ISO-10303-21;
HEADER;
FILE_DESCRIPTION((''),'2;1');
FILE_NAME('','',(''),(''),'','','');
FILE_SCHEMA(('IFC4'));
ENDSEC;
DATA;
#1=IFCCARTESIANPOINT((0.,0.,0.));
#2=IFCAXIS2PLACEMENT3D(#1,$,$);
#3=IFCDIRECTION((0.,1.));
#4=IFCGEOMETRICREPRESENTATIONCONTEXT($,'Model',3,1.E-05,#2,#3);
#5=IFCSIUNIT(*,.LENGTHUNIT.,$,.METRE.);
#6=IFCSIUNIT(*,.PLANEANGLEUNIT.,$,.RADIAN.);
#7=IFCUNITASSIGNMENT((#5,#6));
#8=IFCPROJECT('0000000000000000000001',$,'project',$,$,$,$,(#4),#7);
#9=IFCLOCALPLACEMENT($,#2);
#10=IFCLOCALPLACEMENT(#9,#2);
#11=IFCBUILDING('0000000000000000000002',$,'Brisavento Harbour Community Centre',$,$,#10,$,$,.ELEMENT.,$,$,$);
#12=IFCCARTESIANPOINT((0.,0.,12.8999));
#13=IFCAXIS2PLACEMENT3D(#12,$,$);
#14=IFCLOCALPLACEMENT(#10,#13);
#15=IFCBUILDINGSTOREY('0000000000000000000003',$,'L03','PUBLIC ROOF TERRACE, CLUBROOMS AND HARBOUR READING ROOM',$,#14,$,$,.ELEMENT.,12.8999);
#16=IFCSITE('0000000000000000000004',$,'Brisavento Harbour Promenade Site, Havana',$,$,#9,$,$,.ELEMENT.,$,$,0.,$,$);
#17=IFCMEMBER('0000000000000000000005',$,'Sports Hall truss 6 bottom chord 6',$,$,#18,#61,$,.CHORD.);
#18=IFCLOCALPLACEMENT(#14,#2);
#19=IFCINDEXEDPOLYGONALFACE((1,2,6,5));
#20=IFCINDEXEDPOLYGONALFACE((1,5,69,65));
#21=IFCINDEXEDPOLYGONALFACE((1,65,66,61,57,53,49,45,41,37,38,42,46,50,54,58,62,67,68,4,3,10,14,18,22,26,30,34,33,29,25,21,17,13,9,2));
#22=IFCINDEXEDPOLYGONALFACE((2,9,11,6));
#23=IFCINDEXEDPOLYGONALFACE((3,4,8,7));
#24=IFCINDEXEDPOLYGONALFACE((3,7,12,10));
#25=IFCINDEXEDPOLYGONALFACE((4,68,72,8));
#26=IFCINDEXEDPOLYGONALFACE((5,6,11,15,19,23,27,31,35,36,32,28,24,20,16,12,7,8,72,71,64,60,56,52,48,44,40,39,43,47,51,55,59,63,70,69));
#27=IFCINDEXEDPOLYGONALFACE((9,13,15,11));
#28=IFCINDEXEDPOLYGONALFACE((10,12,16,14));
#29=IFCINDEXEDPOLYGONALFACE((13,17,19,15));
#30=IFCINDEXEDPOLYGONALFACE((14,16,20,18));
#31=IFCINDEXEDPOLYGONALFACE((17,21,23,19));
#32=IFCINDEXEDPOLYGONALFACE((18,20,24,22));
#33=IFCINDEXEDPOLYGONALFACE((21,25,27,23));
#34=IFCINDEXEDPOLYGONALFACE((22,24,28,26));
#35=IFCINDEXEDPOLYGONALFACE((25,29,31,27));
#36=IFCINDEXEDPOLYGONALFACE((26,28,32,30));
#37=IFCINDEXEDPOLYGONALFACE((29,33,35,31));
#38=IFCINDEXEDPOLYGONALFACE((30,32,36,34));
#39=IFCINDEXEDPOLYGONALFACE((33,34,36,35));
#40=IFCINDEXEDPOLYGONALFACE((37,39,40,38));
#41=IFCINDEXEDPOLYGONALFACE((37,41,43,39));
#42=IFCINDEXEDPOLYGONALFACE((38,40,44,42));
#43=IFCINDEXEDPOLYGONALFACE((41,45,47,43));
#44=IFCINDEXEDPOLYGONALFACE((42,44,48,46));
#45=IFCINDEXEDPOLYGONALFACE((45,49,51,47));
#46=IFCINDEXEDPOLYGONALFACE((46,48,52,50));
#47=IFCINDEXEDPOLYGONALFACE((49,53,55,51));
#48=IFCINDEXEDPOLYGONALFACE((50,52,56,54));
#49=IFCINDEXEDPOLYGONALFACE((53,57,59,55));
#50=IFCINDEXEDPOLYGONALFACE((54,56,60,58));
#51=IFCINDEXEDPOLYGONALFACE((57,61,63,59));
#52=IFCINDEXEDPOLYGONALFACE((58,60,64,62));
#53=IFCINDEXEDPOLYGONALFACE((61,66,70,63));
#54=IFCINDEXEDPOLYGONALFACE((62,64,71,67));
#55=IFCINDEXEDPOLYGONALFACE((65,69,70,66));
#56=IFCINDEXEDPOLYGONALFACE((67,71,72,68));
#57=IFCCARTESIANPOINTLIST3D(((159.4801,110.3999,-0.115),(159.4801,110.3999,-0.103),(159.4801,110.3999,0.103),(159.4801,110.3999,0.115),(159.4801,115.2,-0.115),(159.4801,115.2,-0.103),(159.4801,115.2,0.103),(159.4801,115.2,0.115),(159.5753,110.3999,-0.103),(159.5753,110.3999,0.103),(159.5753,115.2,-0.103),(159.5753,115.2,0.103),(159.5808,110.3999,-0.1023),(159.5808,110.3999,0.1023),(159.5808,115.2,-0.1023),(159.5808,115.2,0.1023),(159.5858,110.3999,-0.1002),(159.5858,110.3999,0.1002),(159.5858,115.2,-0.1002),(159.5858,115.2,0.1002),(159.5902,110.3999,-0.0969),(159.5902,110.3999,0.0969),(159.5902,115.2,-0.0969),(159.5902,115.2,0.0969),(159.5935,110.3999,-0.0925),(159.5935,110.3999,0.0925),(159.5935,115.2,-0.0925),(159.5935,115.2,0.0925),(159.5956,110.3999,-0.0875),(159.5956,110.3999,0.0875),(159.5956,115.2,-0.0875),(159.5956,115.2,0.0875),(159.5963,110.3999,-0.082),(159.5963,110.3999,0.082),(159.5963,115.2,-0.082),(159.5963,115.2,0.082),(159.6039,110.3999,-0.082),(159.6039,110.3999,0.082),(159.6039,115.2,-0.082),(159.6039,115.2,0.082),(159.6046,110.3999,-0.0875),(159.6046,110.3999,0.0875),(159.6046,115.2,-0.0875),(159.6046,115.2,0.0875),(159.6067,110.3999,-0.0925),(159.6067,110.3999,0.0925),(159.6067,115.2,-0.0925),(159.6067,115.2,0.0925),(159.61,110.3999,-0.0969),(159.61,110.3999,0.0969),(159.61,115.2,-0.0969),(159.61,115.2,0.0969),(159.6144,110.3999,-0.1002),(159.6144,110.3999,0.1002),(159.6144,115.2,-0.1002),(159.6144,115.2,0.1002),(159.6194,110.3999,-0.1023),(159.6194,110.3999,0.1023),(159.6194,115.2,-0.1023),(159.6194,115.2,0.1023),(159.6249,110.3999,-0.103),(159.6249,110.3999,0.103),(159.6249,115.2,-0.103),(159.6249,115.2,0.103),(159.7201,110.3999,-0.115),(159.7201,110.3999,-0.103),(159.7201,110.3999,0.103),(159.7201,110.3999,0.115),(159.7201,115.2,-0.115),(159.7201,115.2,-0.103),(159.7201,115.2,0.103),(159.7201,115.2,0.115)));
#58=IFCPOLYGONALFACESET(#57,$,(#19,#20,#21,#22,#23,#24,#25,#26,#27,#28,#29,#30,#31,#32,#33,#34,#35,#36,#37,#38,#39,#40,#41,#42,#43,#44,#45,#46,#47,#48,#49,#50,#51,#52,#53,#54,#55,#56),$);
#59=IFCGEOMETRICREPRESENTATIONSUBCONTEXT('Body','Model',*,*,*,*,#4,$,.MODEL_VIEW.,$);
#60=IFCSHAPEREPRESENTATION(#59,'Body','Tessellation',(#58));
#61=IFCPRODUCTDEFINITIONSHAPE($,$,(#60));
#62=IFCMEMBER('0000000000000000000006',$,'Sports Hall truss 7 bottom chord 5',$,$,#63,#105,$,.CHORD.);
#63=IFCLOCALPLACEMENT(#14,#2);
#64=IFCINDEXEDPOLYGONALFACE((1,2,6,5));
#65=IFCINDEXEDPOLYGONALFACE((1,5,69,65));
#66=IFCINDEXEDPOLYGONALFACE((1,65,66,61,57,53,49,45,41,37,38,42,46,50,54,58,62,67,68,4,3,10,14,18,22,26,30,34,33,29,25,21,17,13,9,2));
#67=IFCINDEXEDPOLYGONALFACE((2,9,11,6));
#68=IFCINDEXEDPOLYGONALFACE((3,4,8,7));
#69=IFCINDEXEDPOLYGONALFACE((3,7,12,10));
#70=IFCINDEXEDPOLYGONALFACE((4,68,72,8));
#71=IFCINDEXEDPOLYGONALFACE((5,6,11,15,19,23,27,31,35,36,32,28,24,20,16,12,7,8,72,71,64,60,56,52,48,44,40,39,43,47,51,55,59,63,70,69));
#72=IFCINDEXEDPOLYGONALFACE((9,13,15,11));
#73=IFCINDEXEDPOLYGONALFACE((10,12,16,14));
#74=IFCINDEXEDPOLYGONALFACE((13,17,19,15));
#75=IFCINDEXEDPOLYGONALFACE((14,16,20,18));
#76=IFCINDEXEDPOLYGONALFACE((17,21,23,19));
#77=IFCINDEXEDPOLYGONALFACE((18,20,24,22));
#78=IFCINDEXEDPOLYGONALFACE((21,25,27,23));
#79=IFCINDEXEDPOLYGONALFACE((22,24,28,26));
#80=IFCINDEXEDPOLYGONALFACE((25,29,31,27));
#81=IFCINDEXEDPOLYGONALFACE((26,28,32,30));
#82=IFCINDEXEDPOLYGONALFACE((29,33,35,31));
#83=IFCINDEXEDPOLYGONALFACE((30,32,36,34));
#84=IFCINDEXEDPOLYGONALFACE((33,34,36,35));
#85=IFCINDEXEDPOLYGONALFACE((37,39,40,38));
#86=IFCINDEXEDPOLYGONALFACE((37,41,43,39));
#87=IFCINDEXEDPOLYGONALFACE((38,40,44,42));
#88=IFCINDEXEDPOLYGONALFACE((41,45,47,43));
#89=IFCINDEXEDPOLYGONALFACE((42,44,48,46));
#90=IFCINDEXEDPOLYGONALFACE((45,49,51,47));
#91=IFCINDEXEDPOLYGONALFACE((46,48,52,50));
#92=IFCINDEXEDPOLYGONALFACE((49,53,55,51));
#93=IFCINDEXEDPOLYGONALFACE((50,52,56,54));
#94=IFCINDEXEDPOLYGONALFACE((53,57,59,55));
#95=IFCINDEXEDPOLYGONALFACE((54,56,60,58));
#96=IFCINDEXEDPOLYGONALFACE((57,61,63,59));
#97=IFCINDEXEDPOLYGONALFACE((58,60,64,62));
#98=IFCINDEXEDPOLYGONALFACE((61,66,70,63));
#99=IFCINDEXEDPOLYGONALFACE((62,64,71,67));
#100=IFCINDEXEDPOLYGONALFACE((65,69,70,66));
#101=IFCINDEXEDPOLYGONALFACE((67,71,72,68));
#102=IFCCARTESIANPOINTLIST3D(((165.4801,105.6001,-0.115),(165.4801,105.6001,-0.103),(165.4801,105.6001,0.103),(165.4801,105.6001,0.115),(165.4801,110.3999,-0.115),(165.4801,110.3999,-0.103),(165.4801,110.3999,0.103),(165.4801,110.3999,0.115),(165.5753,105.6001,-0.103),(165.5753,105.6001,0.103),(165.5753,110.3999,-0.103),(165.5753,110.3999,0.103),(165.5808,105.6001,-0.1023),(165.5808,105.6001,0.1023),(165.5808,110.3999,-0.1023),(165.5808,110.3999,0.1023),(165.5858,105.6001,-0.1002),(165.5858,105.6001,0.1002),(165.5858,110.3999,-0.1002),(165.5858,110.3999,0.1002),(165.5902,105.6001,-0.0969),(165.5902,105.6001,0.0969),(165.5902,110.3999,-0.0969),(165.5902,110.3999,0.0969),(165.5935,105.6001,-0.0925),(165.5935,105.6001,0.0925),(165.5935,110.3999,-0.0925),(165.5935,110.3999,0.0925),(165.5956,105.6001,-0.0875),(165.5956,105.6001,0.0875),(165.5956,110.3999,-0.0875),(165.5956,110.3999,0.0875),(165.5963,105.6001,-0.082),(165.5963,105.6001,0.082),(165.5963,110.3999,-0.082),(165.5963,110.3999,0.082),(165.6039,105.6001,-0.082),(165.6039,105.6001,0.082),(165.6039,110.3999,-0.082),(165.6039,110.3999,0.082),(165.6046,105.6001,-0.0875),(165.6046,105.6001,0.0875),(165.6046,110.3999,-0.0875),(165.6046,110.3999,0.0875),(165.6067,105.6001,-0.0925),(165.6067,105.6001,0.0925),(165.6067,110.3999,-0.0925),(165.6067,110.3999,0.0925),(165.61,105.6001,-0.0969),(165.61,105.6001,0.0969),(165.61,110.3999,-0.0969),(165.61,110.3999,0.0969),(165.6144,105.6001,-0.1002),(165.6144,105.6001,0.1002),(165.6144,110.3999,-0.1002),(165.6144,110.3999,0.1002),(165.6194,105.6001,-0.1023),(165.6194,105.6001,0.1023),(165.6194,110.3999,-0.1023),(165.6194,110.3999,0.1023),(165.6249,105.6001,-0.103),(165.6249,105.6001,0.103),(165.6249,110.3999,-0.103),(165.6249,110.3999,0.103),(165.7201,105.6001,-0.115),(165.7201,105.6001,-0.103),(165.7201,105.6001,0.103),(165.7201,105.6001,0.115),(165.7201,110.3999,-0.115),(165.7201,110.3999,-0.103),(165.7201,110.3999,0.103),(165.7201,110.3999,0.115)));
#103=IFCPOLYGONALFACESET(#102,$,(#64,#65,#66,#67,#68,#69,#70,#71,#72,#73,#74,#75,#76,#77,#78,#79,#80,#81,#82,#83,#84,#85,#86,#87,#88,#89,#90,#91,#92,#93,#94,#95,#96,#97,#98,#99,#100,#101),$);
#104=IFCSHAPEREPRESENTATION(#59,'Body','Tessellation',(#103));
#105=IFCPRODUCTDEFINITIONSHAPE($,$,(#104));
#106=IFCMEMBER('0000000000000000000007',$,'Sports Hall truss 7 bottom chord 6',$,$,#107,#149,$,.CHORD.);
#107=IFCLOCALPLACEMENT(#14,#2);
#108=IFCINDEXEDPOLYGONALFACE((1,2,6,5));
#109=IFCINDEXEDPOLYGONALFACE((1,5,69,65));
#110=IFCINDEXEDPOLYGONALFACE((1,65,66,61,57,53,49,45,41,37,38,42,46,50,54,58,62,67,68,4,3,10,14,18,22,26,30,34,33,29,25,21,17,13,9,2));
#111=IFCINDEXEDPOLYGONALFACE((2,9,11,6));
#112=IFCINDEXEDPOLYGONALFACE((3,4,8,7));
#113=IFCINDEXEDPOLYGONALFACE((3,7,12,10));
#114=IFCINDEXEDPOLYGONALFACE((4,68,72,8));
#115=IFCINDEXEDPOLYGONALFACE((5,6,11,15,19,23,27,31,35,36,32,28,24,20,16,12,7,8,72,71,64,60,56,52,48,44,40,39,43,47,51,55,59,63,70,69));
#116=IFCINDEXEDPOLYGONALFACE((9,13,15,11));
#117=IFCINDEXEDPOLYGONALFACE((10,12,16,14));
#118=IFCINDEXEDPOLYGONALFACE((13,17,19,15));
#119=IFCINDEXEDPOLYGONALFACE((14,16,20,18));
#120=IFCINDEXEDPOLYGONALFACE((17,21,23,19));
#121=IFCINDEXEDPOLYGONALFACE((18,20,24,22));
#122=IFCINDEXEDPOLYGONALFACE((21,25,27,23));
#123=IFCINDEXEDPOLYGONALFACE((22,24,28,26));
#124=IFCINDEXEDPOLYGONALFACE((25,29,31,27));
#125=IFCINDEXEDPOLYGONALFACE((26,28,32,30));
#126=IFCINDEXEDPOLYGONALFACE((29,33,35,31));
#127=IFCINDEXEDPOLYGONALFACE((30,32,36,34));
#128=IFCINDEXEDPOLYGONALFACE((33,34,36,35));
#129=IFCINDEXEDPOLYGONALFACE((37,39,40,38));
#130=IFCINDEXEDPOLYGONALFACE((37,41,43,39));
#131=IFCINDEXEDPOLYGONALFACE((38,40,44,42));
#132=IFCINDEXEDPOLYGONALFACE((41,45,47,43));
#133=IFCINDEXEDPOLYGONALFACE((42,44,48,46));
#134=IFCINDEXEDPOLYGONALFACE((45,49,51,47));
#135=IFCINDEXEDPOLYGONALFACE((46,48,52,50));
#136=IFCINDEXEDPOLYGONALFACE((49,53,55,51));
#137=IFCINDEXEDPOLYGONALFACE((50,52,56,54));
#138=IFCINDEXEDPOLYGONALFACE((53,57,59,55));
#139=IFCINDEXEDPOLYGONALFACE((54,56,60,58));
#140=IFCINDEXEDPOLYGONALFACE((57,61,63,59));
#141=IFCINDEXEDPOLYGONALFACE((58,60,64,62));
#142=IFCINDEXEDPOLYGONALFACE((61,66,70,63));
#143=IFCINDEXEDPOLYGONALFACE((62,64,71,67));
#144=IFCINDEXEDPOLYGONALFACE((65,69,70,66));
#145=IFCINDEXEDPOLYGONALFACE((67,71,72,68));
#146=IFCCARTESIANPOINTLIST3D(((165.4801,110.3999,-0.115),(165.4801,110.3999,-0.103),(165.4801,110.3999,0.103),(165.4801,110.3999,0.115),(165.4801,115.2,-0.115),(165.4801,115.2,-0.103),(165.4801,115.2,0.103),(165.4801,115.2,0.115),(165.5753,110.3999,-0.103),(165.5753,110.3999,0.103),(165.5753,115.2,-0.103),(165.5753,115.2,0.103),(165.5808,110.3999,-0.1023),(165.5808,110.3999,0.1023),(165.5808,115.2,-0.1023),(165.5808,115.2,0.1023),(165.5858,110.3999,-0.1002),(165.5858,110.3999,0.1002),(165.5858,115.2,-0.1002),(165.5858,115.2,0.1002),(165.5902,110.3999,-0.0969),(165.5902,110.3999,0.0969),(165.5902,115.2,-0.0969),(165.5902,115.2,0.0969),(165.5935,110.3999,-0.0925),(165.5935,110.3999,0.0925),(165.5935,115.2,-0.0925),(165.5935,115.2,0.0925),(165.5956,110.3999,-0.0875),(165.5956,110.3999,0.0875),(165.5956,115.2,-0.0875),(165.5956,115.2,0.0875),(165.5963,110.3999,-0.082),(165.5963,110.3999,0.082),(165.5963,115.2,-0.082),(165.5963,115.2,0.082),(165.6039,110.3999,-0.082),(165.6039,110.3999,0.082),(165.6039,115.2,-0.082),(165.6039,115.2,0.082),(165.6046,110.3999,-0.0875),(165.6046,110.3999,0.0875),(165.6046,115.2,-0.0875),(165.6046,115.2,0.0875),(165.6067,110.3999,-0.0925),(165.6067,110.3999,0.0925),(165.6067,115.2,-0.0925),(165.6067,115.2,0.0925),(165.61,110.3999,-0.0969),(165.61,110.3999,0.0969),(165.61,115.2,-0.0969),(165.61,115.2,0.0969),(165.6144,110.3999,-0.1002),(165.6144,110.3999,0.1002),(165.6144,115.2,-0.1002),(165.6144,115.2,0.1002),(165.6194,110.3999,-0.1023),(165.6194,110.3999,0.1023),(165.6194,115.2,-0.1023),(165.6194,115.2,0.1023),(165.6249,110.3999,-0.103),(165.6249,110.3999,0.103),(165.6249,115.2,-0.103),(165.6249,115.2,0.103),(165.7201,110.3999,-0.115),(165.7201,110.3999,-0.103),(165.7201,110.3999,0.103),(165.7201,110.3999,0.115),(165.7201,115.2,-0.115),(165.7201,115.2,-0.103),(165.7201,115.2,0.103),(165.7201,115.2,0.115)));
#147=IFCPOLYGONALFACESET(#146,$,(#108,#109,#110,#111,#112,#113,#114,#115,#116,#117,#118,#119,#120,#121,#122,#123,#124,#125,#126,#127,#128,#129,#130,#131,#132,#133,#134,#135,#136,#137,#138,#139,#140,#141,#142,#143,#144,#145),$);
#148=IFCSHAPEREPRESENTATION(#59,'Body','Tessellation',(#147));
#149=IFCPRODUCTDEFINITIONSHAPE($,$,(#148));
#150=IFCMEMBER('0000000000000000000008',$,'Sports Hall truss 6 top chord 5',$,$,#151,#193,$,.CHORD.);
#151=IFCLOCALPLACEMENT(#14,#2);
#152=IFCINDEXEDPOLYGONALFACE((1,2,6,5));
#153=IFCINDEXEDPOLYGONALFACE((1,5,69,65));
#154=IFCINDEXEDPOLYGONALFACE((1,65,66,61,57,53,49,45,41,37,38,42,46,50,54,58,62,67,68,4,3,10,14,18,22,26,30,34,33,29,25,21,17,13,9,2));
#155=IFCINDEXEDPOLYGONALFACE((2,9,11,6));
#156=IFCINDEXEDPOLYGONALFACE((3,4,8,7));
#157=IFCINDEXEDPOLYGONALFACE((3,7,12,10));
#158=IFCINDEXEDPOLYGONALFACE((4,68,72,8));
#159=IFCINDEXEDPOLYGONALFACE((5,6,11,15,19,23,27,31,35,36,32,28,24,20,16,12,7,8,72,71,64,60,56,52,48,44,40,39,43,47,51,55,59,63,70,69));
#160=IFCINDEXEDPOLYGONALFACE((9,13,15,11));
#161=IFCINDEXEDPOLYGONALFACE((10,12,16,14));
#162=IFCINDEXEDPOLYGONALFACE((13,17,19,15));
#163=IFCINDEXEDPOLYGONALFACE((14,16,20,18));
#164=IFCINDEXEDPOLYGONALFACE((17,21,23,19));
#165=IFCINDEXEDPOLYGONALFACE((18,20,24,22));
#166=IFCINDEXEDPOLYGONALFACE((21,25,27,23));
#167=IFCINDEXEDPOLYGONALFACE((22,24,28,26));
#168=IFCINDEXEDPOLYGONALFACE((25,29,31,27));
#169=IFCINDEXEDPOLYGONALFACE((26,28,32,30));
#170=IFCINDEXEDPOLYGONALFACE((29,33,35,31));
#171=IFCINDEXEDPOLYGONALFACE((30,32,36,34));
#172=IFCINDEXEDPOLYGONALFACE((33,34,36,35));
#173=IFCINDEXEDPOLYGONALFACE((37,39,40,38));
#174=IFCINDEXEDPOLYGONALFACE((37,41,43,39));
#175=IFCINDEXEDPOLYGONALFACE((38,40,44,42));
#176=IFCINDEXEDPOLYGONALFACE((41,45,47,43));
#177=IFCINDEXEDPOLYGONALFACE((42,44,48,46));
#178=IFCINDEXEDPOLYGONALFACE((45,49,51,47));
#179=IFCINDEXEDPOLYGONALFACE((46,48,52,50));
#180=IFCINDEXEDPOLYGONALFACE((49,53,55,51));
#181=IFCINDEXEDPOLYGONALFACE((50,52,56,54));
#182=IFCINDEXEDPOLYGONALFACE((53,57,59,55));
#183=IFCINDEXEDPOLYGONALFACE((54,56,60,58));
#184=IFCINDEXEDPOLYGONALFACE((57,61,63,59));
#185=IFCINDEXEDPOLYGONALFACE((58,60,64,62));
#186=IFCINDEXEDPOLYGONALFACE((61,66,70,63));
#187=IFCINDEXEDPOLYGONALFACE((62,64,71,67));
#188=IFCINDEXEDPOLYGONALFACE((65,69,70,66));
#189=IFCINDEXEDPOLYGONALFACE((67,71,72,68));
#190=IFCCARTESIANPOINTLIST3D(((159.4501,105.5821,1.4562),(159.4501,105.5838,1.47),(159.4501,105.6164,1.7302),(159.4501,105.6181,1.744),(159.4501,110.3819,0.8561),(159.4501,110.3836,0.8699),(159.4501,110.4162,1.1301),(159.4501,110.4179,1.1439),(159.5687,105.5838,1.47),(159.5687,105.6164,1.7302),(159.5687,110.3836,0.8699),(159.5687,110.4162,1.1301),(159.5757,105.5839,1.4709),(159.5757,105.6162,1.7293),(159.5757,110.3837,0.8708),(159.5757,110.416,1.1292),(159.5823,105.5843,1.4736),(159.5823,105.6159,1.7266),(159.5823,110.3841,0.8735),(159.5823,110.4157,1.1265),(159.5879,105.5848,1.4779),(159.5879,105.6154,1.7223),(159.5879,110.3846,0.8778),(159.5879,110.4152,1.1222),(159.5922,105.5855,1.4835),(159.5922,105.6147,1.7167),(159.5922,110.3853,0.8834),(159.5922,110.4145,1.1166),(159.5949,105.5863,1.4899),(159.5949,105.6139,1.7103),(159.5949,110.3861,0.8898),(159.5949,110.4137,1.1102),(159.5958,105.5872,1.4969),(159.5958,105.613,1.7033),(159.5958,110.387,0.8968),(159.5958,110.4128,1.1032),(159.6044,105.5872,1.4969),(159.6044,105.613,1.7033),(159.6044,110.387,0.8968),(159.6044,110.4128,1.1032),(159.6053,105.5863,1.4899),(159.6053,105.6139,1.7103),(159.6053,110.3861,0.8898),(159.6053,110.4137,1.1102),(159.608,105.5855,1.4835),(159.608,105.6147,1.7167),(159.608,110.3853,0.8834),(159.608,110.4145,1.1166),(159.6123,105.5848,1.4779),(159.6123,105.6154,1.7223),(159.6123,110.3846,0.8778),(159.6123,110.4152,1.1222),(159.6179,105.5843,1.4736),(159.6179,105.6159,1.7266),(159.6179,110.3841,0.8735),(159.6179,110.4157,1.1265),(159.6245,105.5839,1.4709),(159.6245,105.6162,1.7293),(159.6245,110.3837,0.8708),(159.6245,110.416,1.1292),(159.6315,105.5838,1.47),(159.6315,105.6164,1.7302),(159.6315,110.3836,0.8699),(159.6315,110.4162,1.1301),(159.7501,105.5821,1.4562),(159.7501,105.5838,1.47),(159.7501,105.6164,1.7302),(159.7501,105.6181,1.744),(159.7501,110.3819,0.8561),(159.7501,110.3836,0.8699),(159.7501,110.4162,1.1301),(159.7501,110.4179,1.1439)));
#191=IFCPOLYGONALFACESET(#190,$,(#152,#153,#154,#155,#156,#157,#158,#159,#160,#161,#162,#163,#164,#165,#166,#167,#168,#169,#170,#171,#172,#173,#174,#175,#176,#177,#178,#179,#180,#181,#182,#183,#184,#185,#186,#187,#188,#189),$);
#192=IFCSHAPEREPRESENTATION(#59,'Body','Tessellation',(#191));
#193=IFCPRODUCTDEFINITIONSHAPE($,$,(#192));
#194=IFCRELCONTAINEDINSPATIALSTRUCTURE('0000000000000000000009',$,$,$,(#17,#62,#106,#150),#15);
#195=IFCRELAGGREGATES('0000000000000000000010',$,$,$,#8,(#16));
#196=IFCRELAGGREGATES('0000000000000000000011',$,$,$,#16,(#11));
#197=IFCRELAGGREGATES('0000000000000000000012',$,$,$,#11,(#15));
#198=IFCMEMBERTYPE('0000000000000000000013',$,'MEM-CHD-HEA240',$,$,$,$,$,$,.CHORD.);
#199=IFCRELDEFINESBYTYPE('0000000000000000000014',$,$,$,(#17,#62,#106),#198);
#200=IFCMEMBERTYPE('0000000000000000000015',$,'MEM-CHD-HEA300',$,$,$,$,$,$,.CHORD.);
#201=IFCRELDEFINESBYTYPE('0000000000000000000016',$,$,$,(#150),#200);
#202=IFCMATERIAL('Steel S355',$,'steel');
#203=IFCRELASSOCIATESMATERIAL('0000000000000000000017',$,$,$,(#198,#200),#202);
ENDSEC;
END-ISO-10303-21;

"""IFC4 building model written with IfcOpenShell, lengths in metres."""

from ifc_helpers import new_model, si_unit, direction, frame, origin, origin_2d, place, context, subcontext, project, spatial, i_section, extrude, material, material_profile, profile_set, type_object, element, save


model = new_model("IFC4")

# Units and contexts
model_context = context("Model", 3, precision=1e-05, world=origin(), true_north=direction((0.0, 1.0)))
body_context = subcontext(model_context, "Body", "Model", "MODEL_VIEW")
ifc_project = project(units=[si_unit("LENGTHUNIT", "METRE"), si_unit("PLANEANGLEUNIT", "RADIAN")], contexts=[model_context])

# Site, building, storey
site_placement = place(None, origin())
site = spatial("IfcSite", under=ifc_project, at=site_placement, Name="Brisavento Harbour Promenade Site, Havana", CompositionType="ELEMENT", RefElevation=0.0)
building_placement = place(site_placement, origin())
building = spatial("IfcBuilding", under=site, at=building_placement, Name="Brisavento Harbour Community Centre", CompositionType="ELEMENT")
storey_placement = place(building_placement, frame((0.0, 0.0, 12.8999)))
storey = spatial("IfcBuildingStorey", under=building, at=storey_placement, Name="L03", Description="PUBLIC ROOF TERRACE, CLUBROOMS AND HARBOUR READING ROOM", CompositionType="ELEMENT", Elevation=12.8999)

# Members
ifc_material = material(Name="Steel S355", Category="steel")
ifc_material_profile_1 = material_profile(ifc_material, i_section(OverallWidth=0.24, OverallDepth=0.23, WebThickness=0.0076, FlangeThickness=0.012, FilletRadius=0.021, at=origin_2d()), Name="Steel S355")
ifc_profile_set_1 = profile_set([ifc_material_profile_1], Name="Steel S355")
member_type_1 = type_object("IfcMemberType", Name="MEM-CHD-HEA240", PredefinedType="CHORD", material=ifc_profile_set_1)
member_1_placement = place(storey_placement, frame((159.6001, 110.3999, 0.0), z_axis=(0.0, 1.0, 0.0), x_axis=(-1.0, 0.0, 0.0)))
element("IfcMember", 1, at=member_1_placement, inside=storey, type_object=member_type_1, Name="Sports Hall truss 6 bottom chord 6", PredefinedType="CHORD", context=body_context, shape_type="SweptSolid", body=[
    extrude(i_section(OverallWidth=0.24, OverallDepth=0.23, WebThickness=0.0076, FlangeThickness=0.012, FilletRadius=0.021, at=origin_2d()), origin(), (0.0, 0.0, 1.0), 4.8),
])
member_2_placement = place(storey_placement, frame((165.6001, 105.6001, 0.0), z_axis=(0.0, 1.0, 0.0), x_axis=(-1.0, 0.0, 0.0)))
element("IfcMember", 2, at=member_2_placement, inside=storey, type_object=member_type_1, Name="Sports Hall truss 7 bottom chord 5", PredefinedType="CHORD", context=body_context, shape_type="SweptSolid", body=[
    extrude(i_section(OverallWidth=0.24, OverallDepth=0.23, WebThickness=0.0076, FlangeThickness=0.012, FilletRadius=0.021, at=origin_2d()), origin(), (0.0, 0.0, 1.0), 4.7998),
])
member_3_placement = place(storey_placement, frame((165.6001, 110.3999, 0.0), z_axis=(0.0, 1.0, 0.0), x_axis=(-1.0, 0.0, 0.0)))
element("IfcMember", 3, at=member_3_placement, inside=storey, type_object=member_type_1, Name="Sports Hall truss 7 bottom chord 6", PredefinedType="CHORD", context=body_context, shape_type="SweptSolid", body=[
    extrude(i_section(OverallWidth=0.24, OverallDepth=0.23, WebThickness=0.0076, FlangeThickness=0.012, FilletRadius=0.021, at=origin_2d()), origin(), (0.0, 0.0, 1.0), 4.8),
])
ifc_material_profile_2 = material_profile(ifc_material, i_section(OverallWidth=0.3, OverallDepth=0.29, WebThickness=0.0085, FlangeThickness=0.0139, FilletRadius=0.0271, at=origin_2d()), Name="Steel S355")
ifc_profile_set_2 = profile_set([ifc_material_profile_2], Name="Steel S355")
member_type_2 = type_object("IfcMemberType", Name="MEM-CHD-HEA300", PredefinedType="CHORD", material=ifc_profile_set_2)
member_4_placement = place(storey_placement, frame((159.6001, 105.6001, 1.6001), z_axis=(0.0, 0.992275, -0.12406), x_axis=(-1.0, 0.0, 0.0)))
element("IfcMember", 4, at=member_4_placement, inside=storey, type_object=member_type_2, Name="Sports Hall truss 6 top chord 5", PredefinedType="CHORD", context=body_context, shape_type="SweptSolid", body=[
    extrude(i_section(OverallWidth=0.3, OverallDepth=0.29, WebThickness=0.0085, FlangeThickness=0.0139, FilletRadius=0.0271, at=origin_2d()), origin(), (0.0, 0.0, 1.0), 4.8372),
])

save(model, "model.ifc")
